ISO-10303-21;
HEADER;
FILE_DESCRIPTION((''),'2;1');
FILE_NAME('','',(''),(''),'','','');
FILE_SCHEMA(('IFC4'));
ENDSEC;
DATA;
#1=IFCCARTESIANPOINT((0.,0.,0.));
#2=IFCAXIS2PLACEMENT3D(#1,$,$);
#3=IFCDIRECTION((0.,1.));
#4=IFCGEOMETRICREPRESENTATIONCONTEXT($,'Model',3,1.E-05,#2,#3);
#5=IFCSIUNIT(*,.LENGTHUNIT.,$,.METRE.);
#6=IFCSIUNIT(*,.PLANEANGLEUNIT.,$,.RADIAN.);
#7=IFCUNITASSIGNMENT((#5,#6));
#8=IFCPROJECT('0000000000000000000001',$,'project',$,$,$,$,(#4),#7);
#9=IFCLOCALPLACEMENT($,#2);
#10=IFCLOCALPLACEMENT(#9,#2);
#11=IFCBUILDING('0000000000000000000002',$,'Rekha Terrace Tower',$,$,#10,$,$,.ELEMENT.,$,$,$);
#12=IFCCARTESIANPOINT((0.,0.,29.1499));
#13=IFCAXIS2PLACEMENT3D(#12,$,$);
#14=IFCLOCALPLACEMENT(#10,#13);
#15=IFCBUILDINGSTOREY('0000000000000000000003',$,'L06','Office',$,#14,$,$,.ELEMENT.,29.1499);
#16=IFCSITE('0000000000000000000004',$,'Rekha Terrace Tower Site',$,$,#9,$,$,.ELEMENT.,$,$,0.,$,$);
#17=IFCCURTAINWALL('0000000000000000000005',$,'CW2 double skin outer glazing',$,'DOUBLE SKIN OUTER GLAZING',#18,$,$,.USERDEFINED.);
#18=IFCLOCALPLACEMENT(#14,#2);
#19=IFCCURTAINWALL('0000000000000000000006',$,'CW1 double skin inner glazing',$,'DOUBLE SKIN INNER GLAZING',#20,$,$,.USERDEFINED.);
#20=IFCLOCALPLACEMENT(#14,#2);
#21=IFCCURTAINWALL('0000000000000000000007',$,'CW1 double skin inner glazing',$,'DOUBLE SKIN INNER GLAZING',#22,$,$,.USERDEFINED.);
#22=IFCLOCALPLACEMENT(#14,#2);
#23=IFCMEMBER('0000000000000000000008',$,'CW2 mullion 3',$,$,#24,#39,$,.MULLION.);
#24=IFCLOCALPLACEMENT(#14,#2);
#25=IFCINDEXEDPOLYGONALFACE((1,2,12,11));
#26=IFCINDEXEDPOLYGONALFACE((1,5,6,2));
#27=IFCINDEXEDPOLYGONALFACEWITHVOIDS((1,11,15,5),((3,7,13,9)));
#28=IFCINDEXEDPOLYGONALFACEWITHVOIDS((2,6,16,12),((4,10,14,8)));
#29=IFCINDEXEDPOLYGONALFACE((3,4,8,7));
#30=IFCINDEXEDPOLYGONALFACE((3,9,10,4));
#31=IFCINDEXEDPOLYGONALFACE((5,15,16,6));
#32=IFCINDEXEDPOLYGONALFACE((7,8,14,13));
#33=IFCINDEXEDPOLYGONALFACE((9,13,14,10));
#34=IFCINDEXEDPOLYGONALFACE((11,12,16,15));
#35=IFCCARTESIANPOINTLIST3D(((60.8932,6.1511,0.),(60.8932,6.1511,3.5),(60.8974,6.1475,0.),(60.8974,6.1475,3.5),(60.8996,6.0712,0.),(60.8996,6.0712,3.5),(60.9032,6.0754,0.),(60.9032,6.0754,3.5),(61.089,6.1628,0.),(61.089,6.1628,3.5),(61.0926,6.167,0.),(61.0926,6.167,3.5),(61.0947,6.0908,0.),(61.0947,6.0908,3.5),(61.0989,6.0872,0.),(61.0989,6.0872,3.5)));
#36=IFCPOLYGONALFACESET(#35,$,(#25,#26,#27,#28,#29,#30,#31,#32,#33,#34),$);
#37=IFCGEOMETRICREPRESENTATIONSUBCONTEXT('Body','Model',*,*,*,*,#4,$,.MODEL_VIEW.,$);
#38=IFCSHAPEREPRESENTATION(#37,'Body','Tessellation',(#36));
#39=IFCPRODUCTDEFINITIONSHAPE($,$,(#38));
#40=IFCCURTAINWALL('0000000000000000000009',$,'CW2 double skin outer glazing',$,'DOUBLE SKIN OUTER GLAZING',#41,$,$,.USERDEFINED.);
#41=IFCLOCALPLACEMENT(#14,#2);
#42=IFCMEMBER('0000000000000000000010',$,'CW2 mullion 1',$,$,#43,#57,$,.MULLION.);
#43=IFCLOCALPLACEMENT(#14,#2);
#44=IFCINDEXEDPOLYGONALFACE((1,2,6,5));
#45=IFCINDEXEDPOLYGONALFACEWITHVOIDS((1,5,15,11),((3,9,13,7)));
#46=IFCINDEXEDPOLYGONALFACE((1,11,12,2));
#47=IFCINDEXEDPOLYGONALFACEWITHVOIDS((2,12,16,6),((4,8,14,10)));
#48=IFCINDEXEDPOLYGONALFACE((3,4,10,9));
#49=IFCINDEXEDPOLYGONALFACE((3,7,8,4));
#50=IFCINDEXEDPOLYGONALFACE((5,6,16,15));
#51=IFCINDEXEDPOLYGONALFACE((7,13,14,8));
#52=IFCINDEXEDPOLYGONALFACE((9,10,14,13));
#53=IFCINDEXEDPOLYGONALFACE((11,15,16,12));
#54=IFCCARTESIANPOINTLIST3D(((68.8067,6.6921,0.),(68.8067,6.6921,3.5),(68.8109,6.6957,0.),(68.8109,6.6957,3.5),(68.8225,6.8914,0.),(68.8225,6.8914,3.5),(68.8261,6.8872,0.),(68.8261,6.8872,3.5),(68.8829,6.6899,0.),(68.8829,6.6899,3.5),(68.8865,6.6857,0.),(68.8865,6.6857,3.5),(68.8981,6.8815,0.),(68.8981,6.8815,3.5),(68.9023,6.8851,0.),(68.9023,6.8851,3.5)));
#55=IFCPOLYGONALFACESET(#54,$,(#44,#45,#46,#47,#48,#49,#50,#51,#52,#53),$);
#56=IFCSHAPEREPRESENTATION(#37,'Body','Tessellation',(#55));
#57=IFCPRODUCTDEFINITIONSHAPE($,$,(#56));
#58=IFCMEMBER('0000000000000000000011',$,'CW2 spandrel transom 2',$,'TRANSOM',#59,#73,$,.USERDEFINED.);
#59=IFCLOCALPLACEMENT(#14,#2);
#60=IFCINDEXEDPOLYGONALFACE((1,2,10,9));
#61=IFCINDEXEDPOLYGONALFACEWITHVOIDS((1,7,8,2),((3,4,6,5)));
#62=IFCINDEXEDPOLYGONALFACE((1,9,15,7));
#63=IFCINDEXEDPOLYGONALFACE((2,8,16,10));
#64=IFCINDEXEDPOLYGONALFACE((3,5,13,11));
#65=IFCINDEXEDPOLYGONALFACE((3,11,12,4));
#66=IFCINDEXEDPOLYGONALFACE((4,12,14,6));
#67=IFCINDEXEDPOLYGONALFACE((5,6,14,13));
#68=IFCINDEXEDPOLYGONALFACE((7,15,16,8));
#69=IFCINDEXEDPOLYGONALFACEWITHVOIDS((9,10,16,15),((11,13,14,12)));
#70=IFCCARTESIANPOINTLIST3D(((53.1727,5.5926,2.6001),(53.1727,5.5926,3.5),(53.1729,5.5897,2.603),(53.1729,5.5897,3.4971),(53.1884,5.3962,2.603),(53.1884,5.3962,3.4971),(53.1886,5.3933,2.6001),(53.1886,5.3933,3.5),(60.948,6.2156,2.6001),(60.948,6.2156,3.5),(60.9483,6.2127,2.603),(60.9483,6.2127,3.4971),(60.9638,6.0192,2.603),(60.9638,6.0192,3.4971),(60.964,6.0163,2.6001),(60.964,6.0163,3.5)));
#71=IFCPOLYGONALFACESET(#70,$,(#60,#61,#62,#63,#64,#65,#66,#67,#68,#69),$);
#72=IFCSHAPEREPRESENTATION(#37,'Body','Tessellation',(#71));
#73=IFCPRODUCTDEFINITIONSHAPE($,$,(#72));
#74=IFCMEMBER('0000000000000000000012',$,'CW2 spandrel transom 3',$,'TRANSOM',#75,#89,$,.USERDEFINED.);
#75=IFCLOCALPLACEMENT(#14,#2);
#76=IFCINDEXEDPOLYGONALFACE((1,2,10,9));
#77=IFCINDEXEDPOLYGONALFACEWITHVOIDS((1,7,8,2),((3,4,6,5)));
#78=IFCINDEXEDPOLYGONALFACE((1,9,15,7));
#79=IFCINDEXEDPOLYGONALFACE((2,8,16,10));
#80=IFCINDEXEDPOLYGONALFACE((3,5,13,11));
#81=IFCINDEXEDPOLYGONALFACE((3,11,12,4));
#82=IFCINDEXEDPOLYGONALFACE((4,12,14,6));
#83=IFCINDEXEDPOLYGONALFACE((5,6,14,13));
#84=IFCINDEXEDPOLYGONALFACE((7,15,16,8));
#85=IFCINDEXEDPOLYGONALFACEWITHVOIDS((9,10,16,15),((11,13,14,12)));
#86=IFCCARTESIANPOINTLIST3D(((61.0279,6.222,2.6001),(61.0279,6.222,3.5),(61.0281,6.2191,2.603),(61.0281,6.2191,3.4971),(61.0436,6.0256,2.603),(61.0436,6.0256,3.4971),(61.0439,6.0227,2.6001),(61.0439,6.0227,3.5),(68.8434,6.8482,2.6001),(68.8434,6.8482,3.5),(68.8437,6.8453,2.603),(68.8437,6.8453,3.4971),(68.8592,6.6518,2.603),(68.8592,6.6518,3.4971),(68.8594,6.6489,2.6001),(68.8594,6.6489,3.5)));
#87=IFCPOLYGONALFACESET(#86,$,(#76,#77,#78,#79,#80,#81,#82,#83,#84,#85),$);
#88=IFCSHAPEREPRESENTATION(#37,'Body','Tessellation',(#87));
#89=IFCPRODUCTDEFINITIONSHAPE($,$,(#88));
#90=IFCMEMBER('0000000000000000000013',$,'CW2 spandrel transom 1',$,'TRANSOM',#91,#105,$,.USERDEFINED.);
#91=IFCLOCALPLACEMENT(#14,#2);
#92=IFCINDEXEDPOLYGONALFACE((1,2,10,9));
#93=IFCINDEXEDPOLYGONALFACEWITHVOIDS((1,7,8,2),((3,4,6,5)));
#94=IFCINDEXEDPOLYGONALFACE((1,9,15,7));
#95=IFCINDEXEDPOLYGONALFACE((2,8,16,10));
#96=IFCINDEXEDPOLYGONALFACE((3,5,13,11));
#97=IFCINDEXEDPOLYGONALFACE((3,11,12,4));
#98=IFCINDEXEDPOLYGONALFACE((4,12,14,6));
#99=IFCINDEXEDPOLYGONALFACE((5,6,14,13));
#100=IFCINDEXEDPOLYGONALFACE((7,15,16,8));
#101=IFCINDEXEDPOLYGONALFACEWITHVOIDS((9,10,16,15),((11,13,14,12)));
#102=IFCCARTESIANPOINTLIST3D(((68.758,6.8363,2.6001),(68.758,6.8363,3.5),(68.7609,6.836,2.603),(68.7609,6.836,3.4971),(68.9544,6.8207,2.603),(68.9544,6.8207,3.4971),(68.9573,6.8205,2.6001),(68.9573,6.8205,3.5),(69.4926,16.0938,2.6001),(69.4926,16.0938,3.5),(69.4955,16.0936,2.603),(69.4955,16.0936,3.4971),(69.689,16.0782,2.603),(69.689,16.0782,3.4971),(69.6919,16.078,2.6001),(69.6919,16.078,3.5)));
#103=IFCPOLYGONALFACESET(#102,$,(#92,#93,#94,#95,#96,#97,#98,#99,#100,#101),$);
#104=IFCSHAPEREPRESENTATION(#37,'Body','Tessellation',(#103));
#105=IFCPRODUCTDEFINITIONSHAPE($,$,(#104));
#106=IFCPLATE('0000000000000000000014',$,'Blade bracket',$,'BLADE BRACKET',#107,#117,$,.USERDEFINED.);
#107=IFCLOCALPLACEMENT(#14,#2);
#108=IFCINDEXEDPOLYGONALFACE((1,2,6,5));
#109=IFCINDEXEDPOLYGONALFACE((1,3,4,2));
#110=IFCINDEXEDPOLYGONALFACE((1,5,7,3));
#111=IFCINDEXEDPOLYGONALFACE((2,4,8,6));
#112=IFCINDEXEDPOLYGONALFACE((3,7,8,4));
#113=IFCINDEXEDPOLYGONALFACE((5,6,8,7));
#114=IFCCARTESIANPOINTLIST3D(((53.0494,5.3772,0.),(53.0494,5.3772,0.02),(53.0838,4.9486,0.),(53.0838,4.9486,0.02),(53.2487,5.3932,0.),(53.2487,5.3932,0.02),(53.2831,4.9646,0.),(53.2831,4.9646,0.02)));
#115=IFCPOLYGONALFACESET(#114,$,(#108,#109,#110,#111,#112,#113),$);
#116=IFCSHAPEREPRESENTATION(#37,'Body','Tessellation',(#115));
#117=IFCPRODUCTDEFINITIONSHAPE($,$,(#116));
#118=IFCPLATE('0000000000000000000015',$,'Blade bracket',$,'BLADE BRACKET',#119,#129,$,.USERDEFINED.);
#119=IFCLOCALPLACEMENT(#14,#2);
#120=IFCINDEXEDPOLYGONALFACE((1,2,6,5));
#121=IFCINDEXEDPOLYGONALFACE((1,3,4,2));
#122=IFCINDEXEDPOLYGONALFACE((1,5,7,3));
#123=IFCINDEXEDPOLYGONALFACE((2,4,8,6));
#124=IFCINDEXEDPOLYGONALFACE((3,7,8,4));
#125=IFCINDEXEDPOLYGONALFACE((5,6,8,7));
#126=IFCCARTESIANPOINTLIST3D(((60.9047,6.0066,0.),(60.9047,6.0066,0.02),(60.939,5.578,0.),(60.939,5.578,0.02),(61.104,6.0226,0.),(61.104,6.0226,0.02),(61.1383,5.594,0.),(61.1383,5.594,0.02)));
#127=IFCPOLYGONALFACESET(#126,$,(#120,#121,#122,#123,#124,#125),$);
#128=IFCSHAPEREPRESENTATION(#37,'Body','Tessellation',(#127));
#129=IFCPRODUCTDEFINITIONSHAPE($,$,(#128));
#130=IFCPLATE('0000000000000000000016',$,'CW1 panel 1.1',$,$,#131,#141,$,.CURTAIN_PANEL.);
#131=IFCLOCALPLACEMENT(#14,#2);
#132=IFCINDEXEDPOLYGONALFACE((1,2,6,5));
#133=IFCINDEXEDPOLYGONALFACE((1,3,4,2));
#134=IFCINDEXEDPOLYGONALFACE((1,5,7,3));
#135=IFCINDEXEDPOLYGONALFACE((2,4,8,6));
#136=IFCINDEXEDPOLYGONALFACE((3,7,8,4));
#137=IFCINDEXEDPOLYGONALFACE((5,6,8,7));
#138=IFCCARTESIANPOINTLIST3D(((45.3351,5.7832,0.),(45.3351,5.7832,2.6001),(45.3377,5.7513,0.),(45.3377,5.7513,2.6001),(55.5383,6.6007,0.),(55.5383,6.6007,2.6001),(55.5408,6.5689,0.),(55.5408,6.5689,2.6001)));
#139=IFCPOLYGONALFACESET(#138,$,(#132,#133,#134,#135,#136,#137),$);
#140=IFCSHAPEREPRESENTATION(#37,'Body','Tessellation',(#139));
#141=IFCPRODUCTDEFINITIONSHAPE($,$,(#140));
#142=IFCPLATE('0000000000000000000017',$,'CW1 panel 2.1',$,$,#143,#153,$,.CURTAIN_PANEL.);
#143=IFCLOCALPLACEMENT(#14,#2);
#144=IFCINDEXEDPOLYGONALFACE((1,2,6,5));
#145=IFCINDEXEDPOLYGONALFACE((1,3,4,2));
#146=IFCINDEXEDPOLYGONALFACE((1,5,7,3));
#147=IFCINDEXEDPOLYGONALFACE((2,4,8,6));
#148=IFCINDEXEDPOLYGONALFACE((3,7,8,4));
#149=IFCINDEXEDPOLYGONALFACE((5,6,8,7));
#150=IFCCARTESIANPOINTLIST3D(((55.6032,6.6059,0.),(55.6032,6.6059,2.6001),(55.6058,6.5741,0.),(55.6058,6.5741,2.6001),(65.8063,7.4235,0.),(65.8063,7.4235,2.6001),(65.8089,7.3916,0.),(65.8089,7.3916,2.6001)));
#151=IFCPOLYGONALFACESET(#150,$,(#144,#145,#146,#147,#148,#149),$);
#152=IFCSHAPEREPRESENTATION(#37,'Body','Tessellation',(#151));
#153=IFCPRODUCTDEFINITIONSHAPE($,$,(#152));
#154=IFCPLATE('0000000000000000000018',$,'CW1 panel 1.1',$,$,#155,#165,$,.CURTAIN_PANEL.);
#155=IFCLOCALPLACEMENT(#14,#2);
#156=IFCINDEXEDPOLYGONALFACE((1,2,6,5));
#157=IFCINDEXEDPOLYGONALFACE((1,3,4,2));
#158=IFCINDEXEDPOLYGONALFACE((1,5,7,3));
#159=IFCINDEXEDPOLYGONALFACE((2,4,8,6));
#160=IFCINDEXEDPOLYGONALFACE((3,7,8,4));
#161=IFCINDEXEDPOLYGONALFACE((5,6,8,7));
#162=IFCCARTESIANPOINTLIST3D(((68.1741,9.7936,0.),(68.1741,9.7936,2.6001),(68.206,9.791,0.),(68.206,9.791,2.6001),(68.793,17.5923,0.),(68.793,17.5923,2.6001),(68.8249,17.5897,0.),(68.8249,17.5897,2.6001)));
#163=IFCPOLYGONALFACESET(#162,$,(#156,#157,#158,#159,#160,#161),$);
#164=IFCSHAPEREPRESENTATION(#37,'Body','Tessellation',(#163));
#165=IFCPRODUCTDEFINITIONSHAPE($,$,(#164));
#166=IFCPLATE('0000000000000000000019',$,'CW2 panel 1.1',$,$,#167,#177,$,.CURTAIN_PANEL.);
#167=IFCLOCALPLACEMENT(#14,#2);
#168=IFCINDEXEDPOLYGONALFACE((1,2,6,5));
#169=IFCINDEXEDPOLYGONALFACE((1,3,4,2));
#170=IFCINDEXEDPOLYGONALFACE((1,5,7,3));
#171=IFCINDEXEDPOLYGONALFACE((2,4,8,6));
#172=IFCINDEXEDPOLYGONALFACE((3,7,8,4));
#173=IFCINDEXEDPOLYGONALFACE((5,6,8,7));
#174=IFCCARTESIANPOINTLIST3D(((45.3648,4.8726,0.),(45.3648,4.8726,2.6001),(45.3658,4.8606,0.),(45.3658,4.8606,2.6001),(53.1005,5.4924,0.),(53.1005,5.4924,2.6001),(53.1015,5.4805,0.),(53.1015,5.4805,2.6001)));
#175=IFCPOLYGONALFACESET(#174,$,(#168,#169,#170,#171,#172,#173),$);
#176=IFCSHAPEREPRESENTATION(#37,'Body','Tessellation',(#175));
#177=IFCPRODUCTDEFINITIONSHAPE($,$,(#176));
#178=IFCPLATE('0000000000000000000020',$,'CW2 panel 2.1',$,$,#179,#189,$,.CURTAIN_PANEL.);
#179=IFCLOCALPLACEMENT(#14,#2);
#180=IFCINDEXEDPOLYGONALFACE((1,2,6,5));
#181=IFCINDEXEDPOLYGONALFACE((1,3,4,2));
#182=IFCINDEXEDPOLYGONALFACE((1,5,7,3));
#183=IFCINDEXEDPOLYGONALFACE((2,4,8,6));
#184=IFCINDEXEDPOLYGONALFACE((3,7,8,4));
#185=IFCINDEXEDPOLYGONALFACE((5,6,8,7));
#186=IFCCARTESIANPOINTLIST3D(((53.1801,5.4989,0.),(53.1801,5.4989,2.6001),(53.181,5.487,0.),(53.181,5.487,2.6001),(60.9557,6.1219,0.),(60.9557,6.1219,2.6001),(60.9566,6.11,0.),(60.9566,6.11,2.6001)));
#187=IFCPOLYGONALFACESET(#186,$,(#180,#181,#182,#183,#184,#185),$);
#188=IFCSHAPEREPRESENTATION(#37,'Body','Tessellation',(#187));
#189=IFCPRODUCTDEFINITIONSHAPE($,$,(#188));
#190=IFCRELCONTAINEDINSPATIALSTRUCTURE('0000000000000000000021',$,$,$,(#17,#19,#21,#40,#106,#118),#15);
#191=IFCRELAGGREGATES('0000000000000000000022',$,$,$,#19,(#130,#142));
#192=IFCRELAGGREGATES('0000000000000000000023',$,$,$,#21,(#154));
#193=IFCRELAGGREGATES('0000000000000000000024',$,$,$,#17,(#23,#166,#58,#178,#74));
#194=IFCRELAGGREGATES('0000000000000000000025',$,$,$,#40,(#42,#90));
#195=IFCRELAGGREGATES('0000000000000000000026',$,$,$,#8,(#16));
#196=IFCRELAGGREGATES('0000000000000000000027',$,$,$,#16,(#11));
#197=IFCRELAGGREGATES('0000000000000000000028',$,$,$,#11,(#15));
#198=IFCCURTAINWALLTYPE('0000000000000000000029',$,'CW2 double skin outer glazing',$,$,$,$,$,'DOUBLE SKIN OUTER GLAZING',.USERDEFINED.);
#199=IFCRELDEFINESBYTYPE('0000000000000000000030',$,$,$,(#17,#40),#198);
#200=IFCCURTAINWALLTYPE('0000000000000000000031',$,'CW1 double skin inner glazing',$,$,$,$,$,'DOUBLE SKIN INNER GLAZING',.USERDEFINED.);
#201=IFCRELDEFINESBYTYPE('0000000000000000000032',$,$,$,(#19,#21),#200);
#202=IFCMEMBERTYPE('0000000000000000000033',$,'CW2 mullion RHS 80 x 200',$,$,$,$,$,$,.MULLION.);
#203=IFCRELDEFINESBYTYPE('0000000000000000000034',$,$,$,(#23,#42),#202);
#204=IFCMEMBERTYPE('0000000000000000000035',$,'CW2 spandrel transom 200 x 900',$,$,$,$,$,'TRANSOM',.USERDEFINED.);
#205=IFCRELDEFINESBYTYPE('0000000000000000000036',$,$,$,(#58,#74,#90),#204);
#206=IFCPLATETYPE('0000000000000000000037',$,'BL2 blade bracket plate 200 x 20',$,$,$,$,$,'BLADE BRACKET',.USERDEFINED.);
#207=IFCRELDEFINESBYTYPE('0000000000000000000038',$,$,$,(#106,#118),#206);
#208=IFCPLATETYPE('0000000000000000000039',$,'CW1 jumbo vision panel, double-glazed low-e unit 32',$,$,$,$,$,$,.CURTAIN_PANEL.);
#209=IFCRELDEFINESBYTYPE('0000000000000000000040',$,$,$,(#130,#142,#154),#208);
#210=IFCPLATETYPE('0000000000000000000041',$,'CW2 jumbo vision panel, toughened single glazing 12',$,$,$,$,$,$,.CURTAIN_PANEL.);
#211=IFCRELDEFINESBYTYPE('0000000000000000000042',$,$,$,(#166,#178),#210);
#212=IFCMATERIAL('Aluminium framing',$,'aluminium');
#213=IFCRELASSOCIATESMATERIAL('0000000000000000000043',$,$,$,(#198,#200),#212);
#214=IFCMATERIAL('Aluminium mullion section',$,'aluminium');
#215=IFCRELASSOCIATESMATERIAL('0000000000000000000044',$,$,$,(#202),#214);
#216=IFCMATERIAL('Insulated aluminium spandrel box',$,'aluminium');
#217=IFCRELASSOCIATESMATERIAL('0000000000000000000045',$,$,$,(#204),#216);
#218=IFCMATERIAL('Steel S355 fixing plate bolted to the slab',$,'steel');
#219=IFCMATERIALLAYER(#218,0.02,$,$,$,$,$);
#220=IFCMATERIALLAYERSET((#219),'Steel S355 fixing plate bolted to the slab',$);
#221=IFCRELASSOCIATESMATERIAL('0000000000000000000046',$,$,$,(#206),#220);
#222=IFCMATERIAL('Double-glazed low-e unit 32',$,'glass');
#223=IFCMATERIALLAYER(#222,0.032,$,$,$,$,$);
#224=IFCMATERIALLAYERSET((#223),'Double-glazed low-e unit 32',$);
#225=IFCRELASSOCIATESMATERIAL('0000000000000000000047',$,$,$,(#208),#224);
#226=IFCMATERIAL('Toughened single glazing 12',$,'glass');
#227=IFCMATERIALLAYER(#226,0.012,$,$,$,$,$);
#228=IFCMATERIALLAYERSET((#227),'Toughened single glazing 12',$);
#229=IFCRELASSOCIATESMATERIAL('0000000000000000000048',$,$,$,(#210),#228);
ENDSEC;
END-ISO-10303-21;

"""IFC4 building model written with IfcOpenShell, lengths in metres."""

from ifc_helpers import new_model, si_unit, direction, frame, origin, origin_2d, place, context, subcontext, project, spatial, rectangle, hollow_rectangle, extrude, material, layer, layer_set, material_profile, profile_set, type_object, element, aggregate, save


model = new_model("IFC4")

# Units and contexts
model_context = context("Model", 3, precision=1e-05, world=origin(), true_north=direction((0.0, 1.0)))
body_context = subcontext(model_context, "Body", "Model", "MODEL_VIEW")
ifc_project = project(units=[si_unit("LENGTHUNIT", "METRE"), si_unit("PLANEANGLEUNIT", "RADIAN")], contexts=[model_context])

# Site, building, storey
site_placement = place(None, origin())
site = spatial("IfcSite", under=ifc_project, at=site_placement, Name="Rekha Terrace Tower Site", CompositionType="ELEMENT", RefElevation=0.0)
building_placement = place(site_placement, origin())
building = spatial("IfcBuilding", under=site, at=building_placement, Name="Rekha Terrace Tower", CompositionType="ELEMENT")
storey_placement = place(building_placement, frame((0.0, 0.0, 29.1499)))
storey = spatial("IfcBuildingStorey", under=building, at=storey_placement, Name="L06", Description="Office", CompositionType="ELEMENT", Elevation=29.1499)

# Curtain walls
ifc_material_1 = material(Name="Aluminium framing", Category="aluminium")
curtain_wall_type_1 = type_object("IfcCurtainWallType", Name="CW2 double skin outer glazing", ElementType="DOUBLE SKIN OUTER GLAZING", PredefinedType="USERDEFINED", material=ifc_material_1)
curtain_wall_1_placement = place(storey_placement, origin())
curtain_wall_1 = element("IfcCurtainWall", 1, at=curtain_wall_1_placement, inside=storey, type_object=curtain_wall_type_1, Name="CW2 double skin outer glazing", ObjectType="DOUBLE SKIN OUTER GLAZING", PredefinedType="USERDEFINED")
curtain_wall_type_2 = type_object("IfcCurtainWallType", Name="CW1 double skin inner glazing", ElementType="DOUBLE SKIN INNER GLAZING", PredefinedType="USERDEFINED", material=ifc_material_1)
curtain_wall_2_placement = place(storey_placement, origin())
curtain_wall_2 = element("IfcCurtainWall", 2, at=curtain_wall_2_placement, inside=storey, type_object=curtain_wall_type_2, Name="CW1 double skin inner glazing", ObjectType="DOUBLE SKIN INNER GLAZING", PredefinedType="USERDEFINED")
ifc_material_2 = material(Name="Aluminium mullion section", Category="aluminium")

# Curtain wall
curtain_wall_3_placement = place(storey_placement, origin())
curtain_wall_3 = element("IfcCurtainWall", 3, at=curtain_wall_3_placement, inside=storey, type_object=curtain_wall_type_2, Name="CW1 double skin inner glazing", ObjectType="DOUBLE SKIN INNER GLAZING", PredefinedType="USERDEFINED")

# Member
ifc_material_3 = material(Name="Insulated aluminium spandrel box", Category="aluminium")
ifc_material_profile_1 = material_profile(ifc_material_2, hollow_rectangle(XDim=0.0801, YDim=0.2, WallThickness=0.0039, at=origin_2d()), Name="AL RHS 80x200")
ifc_profile_set_1 = profile_set([ifc_material_profile_1], Name="Aluminium mullion section")
member_type_1 = type_object("IfcMemberType", Name="CW2 mullion RHS 80 x 200", PredefinedType="MULLION", material=ifc_profile_set_1)
member_1_placement = place(storey_placement, frame((60.9961, 6.1191, 0.0), z_axis=(0.0, 0.0, 1.0), x_axis=(-0.079872, 0.996805, 0.0)))
member_1 = element("IfcMember", 4, at=member_1_placement, type_object=member_type_1, Name="CW2 mullion 3", PredefinedType="MULLION", context=body_context, shape_type="SweptSolid", body=[
    extrude(hollow_rectangle(XDim=0.0801, YDim=0.2, WallThickness=0.0039, at=origin_2d()), origin(), (0.0, 0.0, 1.0), 3.5),
])

# Curtain wall, member
curtain_wall_4_placement = place(storey_placement, origin())
curtain_wall_4 = element("IfcCurtainWall", 5, at=curtain_wall_4_placement, inside=storey, type_object=curtain_wall_type_1, Name="CW2 double skin outer glazing", ObjectType="DOUBLE SKIN OUTER GLAZING", PredefinedType="USERDEFINED")
member_2_placement = place(storey_placement, frame((68.8545, 6.7886, 0.0), z_axis=(0.0, 0.0, 1.0), x_axis=(-0.996865, 0.079116, 0.0)))
member_2 = element("IfcMember", 6, at=member_2_placement, type_object=member_type_1, Name="CW2 mullion 1", PredefinedType="MULLION", context=body_context, shape_type="SweptSolid", body=[
    extrude(hollow_rectangle(XDim=0.0801, YDim=0.2, WallThickness=0.0039, at=origin_2d()), origin(), (0.0, 0.0, 1.0), 3.5),
])

# Members
ifc_material_profile_2 = material_profile(ifc_material_3, hollow_rectangle(XDim=0.2, YDim=0.8999, WallThickness=0.0029, at=origin_2d()), Name="AL SPANDREL BOX 200x900")
ifc_profile_set_2 = profile_set([ifc_material_profile_2], Name="Insulated aluminium spandrel box")
member_type_2 = type_object("IfcMemberType", Name="CW2 spandrel transom 200 x 900", ElementType="TRANSOM", PredefinedType="USERDEFINED", material=ifc_profile_set_2)
member_3_placement = place(storey_placement, frame((53.1807, 5.4929, 3.05), z_axis=(0.996805, 0.079875, 0.0), x_axis=(-0.079875, 0.996805, 0.0)))
member_3 = element("IfcMember", 7, at=member_3_placement, type_object=member_type_2, Name="CW2 spandrel transom 2", ObjectType="TRANSOM", PredefinedType="USERDEFINED", context=body_context, shape_type="SweptSolid", body=[
    extrude(hollow_rectangle(XDim=0.2, YDim=0.8999, WallThickness=0.0029, at=origin_2d()), origin(), (0.0, 0.0, 1.0), 7.8003),
])
member_4_placement = place(storey_placement, frame((61.0359, 6.1223, 3.05), z_axis=(0.996805, 0.07987, 0.0), x_axis=(-0.07987, 0.996805, 0.0)))
member_4 = element("IfcMember", 8, at=member_4_placement, type_object=member_type_2, Name="CW2 spandrel transom 3", ObjectType="TRANSOM", PredefinedType="USERDEFINED", context=body_context, shape_type="SweptSolid", body=[
    extrude(hollow_rectangle(XDim=0.2, YDim=0.8999, WallThickness=0.0029, at=origin_2d()), origin(), (0.0, 0.0, 1.0), 7.8406),
])
member_5_placement = place(storey_placement, frame((68.8577, 6.8284, 3.05), z_axis=(0.079105, 0.996866, 0.0), x_axis=(-0.996866, 0.079105, 0.0)))
member_5 = element("IfcMember", 9, at=member_5_placement, type_object=member_type_2, Name="CW2 spandrel transom 1", ObjectType="TRANSOM", PredefinedType="USERDEFINED", context=body_context, shape_type="SweptSolid", body=[
    extrude(hollow_rectangle(XDim=0.2, YDim=0.8999, WallThickness=0.0029, at=origin_2d()), origin(), (0.0, 0.0, 1.0), 9.2866),
])

# Plates
ifc_material_4 = material(Name="Steel S355 fixing plate bolted to the slab", Category="steel")
ifc_layer_1 = layer(ifc_material_4, 0.02)
ifc_layer_set_1 = layer_set([ifc_layer_1], Name="Steel S355 fixing plate bolted to the slab")
plate_type_1 = type_object("IfcPlateType", Name="BL2 blade bracket plate 200 x 20", ElementType="BLADE BRACKET", PredefinedType="USERDEFINED", material=ifc_layer_set_1)
for number, where, z_axis, x_axis, name in (
    (10, (53.1663, 5.1709, 0.0), (0.0, 0.0, 1.0), (0.079872, -0.996805, 0.0), "Blade bracket"),
    (11, (61.0215, 5.8003, 0.0), (0.0, 0.0, 1.0), (0.079872, -0.996805, 0.0), "Blade bracket"),
):
    element("IfcPlate", number, at=place(storey_placement, frame(where, z_axis=z_axis, x_axis=x_axis)), inside=storey, type_object=plate_type_1, Name=name, ObjectType="BLADE BRACKET", PredefinedType="USERDEFINED", context=body_context, shape_type="SweptSolid", body=[
        extrude(rectangle(XDim=0.4299, YDim=0.2, at=origin_2d()), origin(), (0.0, 0.0, 1.0), 0.02),
    ])

# Plates
ifc_material_5 = material(Name="Double-glazed low-e unit 32", Category="glass")
ifc_layer_2 = layer(ifc_material_5, 0.032)
ifc_layer_set_2 = layer_set([ifc_layer_2], Name="Double-glazed low-e unit 32")
plate_type_2 = type_object("IfcPlateType", Name="CW1 jumbo vision panel, double-glazed low-e unit 32", PredefinedType="CURTAIN_PANEL", material=ifc_layer_set_2)
plate_1_placement = place(storey_placement, frame((50.438, 6.176, 0.0), z_axis=(0.0, 0.0, 1.0), x_axis=(0.996805, 0.079872, 0.0)))
plate_1 = element("IfcPlate", 12, at=plate_1_placement, type_object=plate_type_2, Name="CW1 panel 1.1", PredefinedType="CURTAIN_PANEL", context=body_context, shape_type="SweptSolid", body=[
    extrude(rectangle(XDim=10.2358, YDim=0.032, at=origin_2d()), origin(), (0.0, 0.0, 1.0), 2.6001),
])
plate_2_placement = place(storey_placement, frame((60.7061, 6.9988, 0.0), z_axis=(0.0, 0.0, 1.0), x_axis=(0.996805, 0.079872, 0.0)))
plate_2 = element("IfcPlate", 13, at=plate_2_placement, type_object=plate_type_2, Name="CW1 panel 2.1", PredefinedType="CURTAIN_PANEL", context=body_context, shape_type="SweptSolid", body=[
    extrude(rectangle(XDim=10.2358, YDim=0.032, at=origin_2d()), origin(), (0.0, 0.0, 1.0), 2.6001),
])
aggregate(curtain_wall_2, [plate_1, plate_2])
plate_3_placement = place(storey_placement, frame((68.4995, 13.6917, 0.0), z_axis=(0.0, 0.0, 1.0), x_axis=(0.079116, 0.996865, 0.0)))
plate_3 = element("IfcPlate", 14, at=plate_3_placement, type_object=plate_type_2, Name="CW1 panel 1.1", PredefinedType="CURTAIN_PANEL", context=body_context, shape_type="SweptSolid", body=[
    extrude(rectangle(XDim=7.8232, YDim=0.032, at=origin_2d()), origin(), (0.0, 0.0, 1.0), 2.6001),
])
aggregate(curtain_wall_3, [plate_3])
ifc_material_6 = material(Name="Toughened single glazing 12", Category="glass")
ifc_layer_3 = layer(ifc_material_6, 0.012)
ifc_layer_set_3 = layer_set([ifc_layer_3], Name="Toughened single glazing 12")
plate_type_3 = type_object("IfcPlateType", Name="CW2 jumbo vision panel, toughened single glazing 12", PredefinedType="CURTAIN_PANEL", material=ifc_layer_set_3)
plate_4_placement = place(storey_placement, frame((49.2332, 5.1765, 0.0), z_axis=(0.0, 0.0, 1.0), x_axis=(0.996805, 0.079872, 0.0)))
plate_4 = element("IfcPlate", 15, at=plate_4_placement, type_object=plate_type_3, Name="CW2 panel 1.1", PredefinedType="CURTAIN_PANEL", context=body_context, shape_type="SweptSolid", body=[
    extrude(rectangle(XDim=7.7605, YDim=0.012, at=origin_2d()), origin(), (0.0, 0.0, 1.0), 2.6001),
])
plate_5_placement = place(storey_placement, frame((57.0684, 5.8044, 0.0), z_axis=(0.0, 0.0, 1.0), x_axis=(0.996805, 0.079872, 0.0)))
plate_5 = element("IfcPlate", 16, at=plate_5_placement, type_object=plate_type_3, Name="CW2 panel 2.1", PredefinedType="CURTAIN_PANEL", context=body_context, shape_type="SweptSolid", body=[
    extrude(rectangle(XDim=7.8005, YDim=0.012, at=origin_2d()), origin(), (0.0, 0.0, 1.0), 2.6001),
])
aggregate(curtain_wall_1, [member_1, plate_4, member_3, plate_5, member_4])
aggregate(curtain_wall_4, [member_2, member_5])

save(model, "model.ifc")
